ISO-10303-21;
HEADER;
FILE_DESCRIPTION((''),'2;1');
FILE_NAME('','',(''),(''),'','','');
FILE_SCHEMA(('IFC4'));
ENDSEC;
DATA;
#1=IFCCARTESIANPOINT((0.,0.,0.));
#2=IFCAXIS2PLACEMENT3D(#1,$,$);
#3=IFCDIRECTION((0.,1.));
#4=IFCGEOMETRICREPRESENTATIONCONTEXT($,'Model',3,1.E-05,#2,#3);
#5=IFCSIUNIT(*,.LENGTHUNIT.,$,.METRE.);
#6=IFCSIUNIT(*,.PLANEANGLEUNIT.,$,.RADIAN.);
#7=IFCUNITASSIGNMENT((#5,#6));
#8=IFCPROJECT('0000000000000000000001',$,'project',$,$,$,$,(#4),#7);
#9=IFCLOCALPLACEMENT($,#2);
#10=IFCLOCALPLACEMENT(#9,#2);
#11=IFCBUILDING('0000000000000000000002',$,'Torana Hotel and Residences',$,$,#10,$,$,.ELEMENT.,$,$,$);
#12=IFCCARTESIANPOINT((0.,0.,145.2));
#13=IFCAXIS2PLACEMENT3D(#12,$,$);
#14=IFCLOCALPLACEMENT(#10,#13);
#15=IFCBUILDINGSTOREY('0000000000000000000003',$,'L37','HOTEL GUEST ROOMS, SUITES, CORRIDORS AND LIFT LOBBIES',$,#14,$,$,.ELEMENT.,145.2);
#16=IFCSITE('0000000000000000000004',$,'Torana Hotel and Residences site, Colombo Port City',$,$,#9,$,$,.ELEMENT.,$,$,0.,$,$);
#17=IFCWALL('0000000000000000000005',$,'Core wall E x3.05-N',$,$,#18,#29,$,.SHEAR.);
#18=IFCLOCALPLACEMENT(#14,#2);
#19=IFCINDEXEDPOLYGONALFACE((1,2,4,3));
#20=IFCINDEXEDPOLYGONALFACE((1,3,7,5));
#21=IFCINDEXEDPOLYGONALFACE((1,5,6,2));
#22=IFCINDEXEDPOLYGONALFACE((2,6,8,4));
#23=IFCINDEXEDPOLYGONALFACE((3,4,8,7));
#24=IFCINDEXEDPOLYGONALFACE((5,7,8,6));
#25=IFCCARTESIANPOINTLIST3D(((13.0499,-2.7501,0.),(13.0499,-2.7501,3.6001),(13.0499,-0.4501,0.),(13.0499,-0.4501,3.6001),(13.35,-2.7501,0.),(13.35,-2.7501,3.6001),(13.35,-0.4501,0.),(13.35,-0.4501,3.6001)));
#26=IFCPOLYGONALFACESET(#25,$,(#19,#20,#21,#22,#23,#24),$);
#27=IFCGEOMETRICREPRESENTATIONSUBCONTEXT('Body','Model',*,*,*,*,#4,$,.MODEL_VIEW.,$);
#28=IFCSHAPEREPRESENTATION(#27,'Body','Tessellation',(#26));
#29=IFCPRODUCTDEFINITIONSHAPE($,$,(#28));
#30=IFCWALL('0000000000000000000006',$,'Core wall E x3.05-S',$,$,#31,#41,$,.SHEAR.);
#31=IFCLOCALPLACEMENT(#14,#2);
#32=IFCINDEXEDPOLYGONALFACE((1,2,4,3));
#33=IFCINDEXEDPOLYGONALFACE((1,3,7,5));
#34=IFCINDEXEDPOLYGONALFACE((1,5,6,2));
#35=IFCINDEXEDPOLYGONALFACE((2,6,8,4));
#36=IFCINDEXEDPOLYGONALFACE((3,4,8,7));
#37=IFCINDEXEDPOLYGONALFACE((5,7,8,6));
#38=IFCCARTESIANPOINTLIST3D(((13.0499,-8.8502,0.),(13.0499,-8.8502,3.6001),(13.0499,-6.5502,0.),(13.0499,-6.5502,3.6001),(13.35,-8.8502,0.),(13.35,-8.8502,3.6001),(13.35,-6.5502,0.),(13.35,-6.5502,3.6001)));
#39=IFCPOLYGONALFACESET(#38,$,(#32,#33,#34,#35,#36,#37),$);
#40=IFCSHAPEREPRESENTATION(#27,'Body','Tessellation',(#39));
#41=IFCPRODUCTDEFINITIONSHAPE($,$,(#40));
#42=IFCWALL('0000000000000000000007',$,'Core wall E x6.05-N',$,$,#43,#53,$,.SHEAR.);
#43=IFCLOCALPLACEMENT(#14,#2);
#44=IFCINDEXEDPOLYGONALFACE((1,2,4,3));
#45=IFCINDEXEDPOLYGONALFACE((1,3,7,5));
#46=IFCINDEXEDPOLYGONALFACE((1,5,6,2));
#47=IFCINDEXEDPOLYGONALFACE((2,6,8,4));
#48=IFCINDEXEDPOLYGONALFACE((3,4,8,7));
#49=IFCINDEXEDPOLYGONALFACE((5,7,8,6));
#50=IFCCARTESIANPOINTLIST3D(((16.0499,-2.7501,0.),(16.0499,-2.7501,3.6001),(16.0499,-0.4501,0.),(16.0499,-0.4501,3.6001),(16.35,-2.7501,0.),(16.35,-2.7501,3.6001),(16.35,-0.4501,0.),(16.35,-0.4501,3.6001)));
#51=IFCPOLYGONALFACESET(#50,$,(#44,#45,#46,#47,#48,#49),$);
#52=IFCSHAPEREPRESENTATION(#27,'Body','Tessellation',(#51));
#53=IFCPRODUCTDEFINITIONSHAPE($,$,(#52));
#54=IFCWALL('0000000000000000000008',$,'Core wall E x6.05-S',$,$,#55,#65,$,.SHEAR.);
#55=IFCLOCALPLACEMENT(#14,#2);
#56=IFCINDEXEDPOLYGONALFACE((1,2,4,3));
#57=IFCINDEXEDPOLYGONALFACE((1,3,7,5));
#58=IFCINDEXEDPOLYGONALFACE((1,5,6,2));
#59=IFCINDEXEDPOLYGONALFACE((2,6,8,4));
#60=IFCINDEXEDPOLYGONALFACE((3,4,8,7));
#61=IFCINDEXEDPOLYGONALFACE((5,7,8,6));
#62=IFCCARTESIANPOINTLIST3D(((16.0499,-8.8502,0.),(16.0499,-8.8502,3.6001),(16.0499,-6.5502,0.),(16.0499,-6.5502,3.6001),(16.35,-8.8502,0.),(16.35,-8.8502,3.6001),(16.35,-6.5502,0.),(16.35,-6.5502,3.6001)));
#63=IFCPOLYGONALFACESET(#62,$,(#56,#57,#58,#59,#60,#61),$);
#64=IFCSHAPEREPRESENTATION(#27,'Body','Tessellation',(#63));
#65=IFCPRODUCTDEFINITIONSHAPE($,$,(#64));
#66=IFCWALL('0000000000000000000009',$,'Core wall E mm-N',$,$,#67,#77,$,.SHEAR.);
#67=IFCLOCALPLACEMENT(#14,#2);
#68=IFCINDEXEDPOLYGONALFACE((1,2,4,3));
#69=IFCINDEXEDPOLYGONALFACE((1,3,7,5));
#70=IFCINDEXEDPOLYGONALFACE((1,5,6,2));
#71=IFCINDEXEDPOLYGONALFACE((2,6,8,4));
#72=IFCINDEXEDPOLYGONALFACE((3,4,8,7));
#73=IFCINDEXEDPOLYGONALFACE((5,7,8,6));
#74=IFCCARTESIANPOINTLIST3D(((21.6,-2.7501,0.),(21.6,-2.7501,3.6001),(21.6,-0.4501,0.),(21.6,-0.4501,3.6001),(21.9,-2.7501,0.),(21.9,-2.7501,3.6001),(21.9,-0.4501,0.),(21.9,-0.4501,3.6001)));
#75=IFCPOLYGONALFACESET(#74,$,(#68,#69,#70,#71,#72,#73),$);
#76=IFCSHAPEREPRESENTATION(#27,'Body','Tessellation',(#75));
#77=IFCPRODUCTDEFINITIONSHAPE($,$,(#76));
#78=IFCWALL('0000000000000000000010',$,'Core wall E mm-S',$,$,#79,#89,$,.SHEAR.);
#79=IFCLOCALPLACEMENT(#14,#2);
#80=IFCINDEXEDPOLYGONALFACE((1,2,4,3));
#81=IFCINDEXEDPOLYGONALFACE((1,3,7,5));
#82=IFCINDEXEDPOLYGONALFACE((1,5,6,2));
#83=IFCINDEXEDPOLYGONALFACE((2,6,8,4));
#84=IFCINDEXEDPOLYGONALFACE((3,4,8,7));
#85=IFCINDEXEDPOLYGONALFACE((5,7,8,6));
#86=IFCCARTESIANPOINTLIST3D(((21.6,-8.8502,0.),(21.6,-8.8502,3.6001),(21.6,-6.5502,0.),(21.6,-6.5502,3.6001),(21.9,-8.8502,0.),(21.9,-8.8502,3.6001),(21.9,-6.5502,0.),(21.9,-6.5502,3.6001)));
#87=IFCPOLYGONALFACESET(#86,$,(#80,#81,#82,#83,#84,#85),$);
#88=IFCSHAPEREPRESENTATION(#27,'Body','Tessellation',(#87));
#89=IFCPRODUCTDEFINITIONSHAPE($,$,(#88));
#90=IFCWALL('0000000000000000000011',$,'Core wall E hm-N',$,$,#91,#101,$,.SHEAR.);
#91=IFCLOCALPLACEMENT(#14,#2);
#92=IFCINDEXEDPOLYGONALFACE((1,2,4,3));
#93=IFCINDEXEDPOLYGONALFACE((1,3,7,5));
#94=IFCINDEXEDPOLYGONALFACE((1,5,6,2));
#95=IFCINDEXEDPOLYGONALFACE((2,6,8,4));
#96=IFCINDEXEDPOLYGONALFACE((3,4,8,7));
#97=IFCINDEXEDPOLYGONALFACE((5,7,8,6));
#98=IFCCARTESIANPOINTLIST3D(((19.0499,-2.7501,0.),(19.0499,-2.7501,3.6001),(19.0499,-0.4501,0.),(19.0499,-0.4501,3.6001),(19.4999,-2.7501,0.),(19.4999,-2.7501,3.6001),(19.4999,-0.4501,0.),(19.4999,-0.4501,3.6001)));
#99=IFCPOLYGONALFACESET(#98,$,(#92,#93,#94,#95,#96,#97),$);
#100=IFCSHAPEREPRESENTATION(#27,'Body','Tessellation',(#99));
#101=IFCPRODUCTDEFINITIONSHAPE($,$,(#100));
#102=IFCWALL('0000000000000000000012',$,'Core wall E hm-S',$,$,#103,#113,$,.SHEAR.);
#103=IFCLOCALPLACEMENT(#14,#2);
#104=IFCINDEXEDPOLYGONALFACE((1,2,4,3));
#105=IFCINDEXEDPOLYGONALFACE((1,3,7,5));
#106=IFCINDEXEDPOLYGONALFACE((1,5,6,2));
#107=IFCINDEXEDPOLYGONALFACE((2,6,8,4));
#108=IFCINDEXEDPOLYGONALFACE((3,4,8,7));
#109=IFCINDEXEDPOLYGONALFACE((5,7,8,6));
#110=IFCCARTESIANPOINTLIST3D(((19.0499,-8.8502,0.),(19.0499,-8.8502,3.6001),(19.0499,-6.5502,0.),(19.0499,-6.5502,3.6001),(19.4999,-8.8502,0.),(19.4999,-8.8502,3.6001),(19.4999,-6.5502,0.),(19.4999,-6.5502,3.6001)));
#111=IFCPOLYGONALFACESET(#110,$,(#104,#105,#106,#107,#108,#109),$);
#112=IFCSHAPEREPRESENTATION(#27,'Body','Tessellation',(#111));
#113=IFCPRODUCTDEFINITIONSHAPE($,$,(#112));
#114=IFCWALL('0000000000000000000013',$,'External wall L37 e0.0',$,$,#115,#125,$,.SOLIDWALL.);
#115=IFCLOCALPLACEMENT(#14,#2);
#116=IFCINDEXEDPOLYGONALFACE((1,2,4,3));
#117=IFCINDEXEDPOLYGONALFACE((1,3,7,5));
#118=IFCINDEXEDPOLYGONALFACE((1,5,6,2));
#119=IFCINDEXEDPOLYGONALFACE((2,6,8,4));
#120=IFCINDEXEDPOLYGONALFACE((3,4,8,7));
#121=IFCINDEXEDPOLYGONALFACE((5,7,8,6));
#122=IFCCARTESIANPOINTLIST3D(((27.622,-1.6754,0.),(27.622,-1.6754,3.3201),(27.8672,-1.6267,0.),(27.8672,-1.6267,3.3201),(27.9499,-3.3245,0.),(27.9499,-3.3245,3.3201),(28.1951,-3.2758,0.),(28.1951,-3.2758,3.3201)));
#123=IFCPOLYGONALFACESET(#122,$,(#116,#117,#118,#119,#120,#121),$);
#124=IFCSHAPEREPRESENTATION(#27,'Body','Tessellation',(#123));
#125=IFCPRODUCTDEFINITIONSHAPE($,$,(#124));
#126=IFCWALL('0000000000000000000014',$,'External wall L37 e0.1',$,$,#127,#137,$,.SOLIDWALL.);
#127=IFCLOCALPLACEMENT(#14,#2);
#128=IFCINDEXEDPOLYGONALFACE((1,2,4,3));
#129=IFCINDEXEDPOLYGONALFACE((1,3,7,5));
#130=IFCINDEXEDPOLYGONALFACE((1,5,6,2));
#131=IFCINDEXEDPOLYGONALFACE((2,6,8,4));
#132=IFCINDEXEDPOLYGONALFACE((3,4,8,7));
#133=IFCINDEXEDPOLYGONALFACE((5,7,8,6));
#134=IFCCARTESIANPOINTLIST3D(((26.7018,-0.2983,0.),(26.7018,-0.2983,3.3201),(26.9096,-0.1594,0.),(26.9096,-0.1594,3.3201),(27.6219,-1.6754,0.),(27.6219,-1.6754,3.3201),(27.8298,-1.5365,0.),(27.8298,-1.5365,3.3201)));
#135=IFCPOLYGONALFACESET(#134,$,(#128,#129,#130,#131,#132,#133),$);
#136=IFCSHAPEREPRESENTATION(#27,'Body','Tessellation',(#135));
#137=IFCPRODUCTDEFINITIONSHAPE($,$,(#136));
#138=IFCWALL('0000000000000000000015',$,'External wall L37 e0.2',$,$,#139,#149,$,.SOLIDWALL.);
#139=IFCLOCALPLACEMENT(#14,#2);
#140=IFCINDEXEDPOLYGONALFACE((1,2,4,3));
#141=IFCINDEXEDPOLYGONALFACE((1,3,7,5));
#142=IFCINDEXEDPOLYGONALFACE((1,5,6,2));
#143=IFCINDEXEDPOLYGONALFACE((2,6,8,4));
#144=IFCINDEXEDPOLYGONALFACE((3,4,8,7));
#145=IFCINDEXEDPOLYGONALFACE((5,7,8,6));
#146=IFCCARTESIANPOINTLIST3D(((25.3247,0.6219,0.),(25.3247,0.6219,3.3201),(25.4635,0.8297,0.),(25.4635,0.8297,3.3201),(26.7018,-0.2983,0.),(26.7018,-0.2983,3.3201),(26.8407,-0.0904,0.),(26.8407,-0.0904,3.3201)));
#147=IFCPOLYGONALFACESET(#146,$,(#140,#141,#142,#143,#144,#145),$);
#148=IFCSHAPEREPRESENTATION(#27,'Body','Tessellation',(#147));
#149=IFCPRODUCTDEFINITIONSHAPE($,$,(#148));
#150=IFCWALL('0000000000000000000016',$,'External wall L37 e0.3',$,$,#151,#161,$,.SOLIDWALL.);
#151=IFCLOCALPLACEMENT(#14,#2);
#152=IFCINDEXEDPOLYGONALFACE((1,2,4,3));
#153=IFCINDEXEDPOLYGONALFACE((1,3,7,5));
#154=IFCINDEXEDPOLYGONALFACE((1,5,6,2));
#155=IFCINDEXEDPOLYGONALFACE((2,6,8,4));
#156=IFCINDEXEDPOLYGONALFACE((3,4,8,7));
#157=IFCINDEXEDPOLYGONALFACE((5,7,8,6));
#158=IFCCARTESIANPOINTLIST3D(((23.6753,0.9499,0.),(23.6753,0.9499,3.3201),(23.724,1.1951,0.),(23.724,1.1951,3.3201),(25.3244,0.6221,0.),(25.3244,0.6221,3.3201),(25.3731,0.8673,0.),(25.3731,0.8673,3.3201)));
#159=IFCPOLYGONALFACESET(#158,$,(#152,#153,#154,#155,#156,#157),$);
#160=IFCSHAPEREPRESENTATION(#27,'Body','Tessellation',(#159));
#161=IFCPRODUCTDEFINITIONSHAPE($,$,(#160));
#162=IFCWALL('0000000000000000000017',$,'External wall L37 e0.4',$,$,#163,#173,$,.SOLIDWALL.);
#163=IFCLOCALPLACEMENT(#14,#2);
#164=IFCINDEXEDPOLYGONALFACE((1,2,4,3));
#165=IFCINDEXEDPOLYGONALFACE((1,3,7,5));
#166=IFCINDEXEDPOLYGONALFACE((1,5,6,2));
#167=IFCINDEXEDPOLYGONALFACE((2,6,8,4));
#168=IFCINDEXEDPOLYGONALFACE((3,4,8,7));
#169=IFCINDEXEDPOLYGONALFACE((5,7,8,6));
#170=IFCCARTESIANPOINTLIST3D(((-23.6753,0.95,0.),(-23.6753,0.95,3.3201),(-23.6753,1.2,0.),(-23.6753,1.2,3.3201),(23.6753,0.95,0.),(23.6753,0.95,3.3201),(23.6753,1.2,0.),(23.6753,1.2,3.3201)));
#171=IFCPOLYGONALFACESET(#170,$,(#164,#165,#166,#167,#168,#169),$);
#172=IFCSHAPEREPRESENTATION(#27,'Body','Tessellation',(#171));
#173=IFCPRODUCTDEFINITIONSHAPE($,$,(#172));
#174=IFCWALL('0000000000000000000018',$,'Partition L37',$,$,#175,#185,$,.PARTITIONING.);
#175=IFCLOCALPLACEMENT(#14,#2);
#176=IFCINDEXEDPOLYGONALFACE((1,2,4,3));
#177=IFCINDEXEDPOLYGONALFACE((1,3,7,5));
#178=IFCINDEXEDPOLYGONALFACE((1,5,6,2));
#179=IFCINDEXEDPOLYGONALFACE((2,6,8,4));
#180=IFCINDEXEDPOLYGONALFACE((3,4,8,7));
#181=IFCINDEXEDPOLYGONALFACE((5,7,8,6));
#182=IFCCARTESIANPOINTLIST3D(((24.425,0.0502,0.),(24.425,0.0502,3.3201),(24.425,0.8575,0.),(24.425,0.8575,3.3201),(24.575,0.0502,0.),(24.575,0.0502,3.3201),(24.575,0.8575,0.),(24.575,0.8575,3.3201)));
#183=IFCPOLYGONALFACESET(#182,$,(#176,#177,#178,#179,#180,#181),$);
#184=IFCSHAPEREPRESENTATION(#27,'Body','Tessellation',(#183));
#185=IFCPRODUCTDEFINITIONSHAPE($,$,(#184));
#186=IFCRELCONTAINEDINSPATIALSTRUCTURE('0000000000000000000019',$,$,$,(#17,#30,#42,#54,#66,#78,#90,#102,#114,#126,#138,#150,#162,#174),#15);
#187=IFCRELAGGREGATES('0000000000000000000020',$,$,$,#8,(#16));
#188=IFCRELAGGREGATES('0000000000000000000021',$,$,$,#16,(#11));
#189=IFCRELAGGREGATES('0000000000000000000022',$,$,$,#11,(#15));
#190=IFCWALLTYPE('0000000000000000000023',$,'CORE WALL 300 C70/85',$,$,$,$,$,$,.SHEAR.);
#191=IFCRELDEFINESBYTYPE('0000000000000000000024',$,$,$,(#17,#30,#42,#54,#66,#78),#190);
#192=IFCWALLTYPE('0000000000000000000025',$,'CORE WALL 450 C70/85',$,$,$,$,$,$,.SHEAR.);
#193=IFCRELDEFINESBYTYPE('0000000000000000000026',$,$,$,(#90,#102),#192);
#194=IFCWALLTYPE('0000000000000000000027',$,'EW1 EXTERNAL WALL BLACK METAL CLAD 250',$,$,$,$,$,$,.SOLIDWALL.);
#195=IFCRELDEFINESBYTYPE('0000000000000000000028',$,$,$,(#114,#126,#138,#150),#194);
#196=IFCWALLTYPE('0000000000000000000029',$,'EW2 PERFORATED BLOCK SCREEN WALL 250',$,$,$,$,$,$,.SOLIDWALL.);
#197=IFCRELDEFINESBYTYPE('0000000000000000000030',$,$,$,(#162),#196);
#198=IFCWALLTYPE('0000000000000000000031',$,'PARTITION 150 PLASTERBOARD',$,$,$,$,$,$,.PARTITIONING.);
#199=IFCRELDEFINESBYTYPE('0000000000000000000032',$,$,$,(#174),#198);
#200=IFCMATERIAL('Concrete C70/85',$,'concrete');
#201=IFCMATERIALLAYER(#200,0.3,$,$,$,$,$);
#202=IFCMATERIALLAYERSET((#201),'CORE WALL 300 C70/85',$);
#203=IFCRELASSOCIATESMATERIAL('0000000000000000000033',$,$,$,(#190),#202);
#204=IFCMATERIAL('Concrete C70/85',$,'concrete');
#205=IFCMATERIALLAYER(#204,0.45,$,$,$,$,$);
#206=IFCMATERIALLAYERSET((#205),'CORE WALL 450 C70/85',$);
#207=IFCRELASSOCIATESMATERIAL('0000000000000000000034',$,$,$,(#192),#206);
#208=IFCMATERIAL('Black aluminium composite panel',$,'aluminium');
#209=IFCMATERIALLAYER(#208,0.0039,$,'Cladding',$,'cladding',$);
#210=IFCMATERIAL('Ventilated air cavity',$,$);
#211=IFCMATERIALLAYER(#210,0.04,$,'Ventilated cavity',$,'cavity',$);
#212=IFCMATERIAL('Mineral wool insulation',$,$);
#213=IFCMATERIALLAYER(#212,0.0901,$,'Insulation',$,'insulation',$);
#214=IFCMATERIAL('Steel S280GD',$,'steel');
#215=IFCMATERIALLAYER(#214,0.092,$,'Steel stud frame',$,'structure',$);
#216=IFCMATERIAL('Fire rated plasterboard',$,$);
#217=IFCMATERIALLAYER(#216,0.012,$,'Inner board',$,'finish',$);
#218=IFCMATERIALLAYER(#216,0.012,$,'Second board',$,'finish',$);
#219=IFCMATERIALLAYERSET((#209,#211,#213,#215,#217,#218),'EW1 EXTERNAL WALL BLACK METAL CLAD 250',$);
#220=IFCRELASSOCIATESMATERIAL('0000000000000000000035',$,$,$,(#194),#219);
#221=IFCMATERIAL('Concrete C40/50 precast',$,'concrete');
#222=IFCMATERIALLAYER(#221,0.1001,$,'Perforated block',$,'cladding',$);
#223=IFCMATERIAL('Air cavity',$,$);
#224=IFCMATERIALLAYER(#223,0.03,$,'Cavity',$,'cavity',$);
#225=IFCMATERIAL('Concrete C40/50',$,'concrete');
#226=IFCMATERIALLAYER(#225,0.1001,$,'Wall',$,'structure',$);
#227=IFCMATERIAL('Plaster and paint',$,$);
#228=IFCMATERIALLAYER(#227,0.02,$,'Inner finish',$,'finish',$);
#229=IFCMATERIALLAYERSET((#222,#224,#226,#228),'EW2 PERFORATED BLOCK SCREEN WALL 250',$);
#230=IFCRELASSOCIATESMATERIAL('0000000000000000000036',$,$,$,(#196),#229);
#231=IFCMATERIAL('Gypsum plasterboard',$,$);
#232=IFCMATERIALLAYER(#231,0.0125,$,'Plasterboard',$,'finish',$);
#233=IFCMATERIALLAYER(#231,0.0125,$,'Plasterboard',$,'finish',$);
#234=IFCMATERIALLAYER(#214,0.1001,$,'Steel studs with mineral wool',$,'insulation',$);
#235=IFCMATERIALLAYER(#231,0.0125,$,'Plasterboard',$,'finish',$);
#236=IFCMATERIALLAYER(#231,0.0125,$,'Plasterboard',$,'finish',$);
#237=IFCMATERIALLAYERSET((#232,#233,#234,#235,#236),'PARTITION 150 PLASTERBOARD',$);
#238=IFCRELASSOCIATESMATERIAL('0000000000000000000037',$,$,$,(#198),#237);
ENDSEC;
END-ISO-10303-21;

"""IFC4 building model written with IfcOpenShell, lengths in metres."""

from ifc_helpers import new_model, si_unit, direction, frame, frame_2d, origin, place, context, subcontext, project, spatial, rectangle, extrude, material, layer, layer_set, type_object, element, save


model = new_model("IFC4")

# Units and contexts
model_context = context("Model", 3, precision=1e-05, world=origin(), true_north=direction((0.0, 1.0)))
body_context = subcontext(model_context, "Body", "Model", "MODEL_VIEW")
ifc_project = project(units=[si_unit("LENGTHUNIT", "METRE"), si_unit("PLANEANGLEUNIT", "RADIAN")], contexts=[model_context])

# Site, building, storey
site_placement = place(None, origin())
site = spatial("IfcSite", under=ifc_project, at=site_placement, Name="Torana Hotel and Residences site, Colombo Port City", CompositionType="ELEMENT", RefElevation=0.0)
building_placement = place(site_placement, origin())
building = spatial("IfcBuilding", under=site, at=building_placement, Name="Torana Hotel and Residences", CompositionType="ELEMENT")
storey_placement = place(building_placement, frame((0.0, 0.0, 145.2)))
storey = spatial("IfcBuildingStorey", under=building, at=storey_placement, Name="L37", Description="HOTEL GUEST ROOMS, SUITES, CORRIDORS AND LIFT LOBBIES", CompositionType="ELEMENT", Elevation=145.2)

# Walls
ifc_material_1 = material(Name="Concrete C70/85", Category="concrete")
ifc_layer_1 = layer(ifc_material_1, 0.3)
ifc_layer_set_1 = layer_set([ifc_layer_1], Name="CORE WALL 300 C70/85")
wall_type_1 = type_object("IfcWallType", Name="CORE WALL 300 C70/85", PredefinedType="SHEAR", material=ifc_layer_set_1)
for number, where, z_axis, x_axis, name in (
    (1, (13.2, -2.75, 0.0), (0.0, 0.0, 1.0), (0.0, 1.0, 0.0), "Core wall E x3.05-N"),
    (2, (13.2, -8.8501, 0.0), (0.0, 0.0, 1.0), (0.0, 1.0, 0.0), "Core wall E x3.05-S"),
    (3, (16.2, -2.75, 0.0), (0.0, 0.0, 1.0), (0.0, 1.0, 0.0), "Core wall E x6.05-N"),
    (4, (16.2, -8.8501, 0.0), (0.0, 0.0, 1.0), (0.0, 1.0, 0.0), "Core wall E x6.05-S"),
    (5, (21.75, -2.75, 0.0), (0.0, 0.0, 1.0), (0.0, 1.0, 0.0), "Core wall E mm-N"),
    (6, (21.75, -8.8501, 0.0), (0.0, 0.0, 1.0), (0.0, 1.0, 0.0), "Core wall E mm-S"),
):
    element("IfcWall", number, at=place(storey_placement, frame(where, z_axis=z_axis, x_axis=x_axis)), inside=storey, type_object=wall_type_1, Name=name, PredefinedType="SHEAR", context=body_context, shape_type="SweptSolid", body=[
        extrude(rectangle(XDim=2.3, YDim=0.3, at=frame_2d((1.1499, 0.0))), origin(), (0.0, 0.0, 1.0), 3.6001),
    ])
ifc_material_2 = material(Name="Concrete C70/85", Category="concrete")
ifc_layer_2 = layer(ifc_material_2, 0.45)
ifc_layer_set_2 = layer_set([ifc_layer_2], Name="CORE WALL 450 C70/85")
wall_type_2 = type_object("IfcWallType", Name="CORE WALL 450 C70/85", PredefinedType="SHEAR", material=ifc_layer_set_2)
for number, where, z_axis, x_axis, name in (
    (7, (19.2749, -2.75, 0.0), (0.0, 0.0, 1.0), (0.0, 1.0, 0.0), "Core wall E hm-N"),
    (8, (19.2749, -8.8501, 0.0), (0.0, 0.0, 1.0), (0.0, 1.0, 0.0), "Core wall E hm-S"),
):
    element("IfcWall", number, at=place(storey_placement, frame(where, z_axis=z_axis, x_axis=x_axis)), inside=storey, type_object=wall_type_2, Name=name, PredefinedType="SHEAR", context=body_context, shape_type="SweptSolid", body=[
        extrude(rectangle(XDim=2.3, YDim=0.45, at=frame_2d((1.1499, 0.0))), origin(), (0.0, 0.0, 1.0), 3.6001),
    ])
ifc_material_3 = material(Name="Black aluminium composite panel", Category="aluminium")
ifc_layer_3 = layer(ifc_material_3, 0.0039, Name="Cladding", Category="cladding")
ifc_material_4 = material(Name="Ventilated air cavity")
ifc_layer_4 = layer(ifc_material_4, 0.04, Name="Ventilated cavity", Category="cavity")
ifc_material_5 = material(Name="Mineral wool insulation")
ifc_layer_5 = layer(ifc_material_5, 0.0901, Name="Insulation", Category="insulation")
ifc_material_6 = material(Name="Steel S280GD", Category="steel")
ifc_layer_6 = layer(ifc_material_6, 0.092, Name="Steel stud frame", Category="structure")
ifc_material_7 = material(Name="Fire rated plasterboard")
ifc_layer_7 = layer(ifc_material_7, 0.012, Name="Inner board", Category="finish")
ifc_layer_8 = layer(ifc_material_7, 0.012, Name="Second board", Category="finish")
ifc_layer_set_3 = layer_set([ifc_layer_3, ifc_layer_4, ifc_layer_5, ifc_layer_6, ifc_layer_7, ifc_layer_8], Name="EW1 EXTERNAL WALL BLACK METAL CLAD 250")
wall_type_3 = type_object("IfcWallType", Name="EW1 EXTERNAL WALL BLACK METAL CLAD 250", PredefinedType="SOLIDWALL", material=ifc_layer_set_3)
wall_1_placement = place(storey_placement, frame((28.0725, -3.3003, 0.0), z_axis=(0.0, 0.0, 1.0), x_axis=(-0.194999, 0.980803, 0.0)))
element("IfcWall", 9, at=wall_1_placement, inside=storey, type_object=wall_type_3, Name="External wall L37 e0.0", PredefinedType="SOLIDWALL", context=body_context, shape_type="SweptSolid", body=[
    extrude(rectangle(XDim=1.6814, YDim=0.25, at=frame_2d((0.8408, 0.0))), origin(), (0.0, 0.0, 1.0), 3.3201),
])
for number, where, z_axis, x_axis, name in (
    (10, (27.7258, -1.606, 0.0), (0.0, 0.0, 1.0), (-0.55555, 0.831483, 0.0), "External wall L37 e0.1"),
    (11, (26.7712, -0.1943, 0.0), (0.0, 0.0, 1.0), (-0.831483, 0.55555, 0.0), "External wall L37 e0.2"),
):
    element("IfcWall", number, at=place(storey_placement, frame(where, z_axis=z_axis, x_axis=x_axis)), inside=storey, type_object=wall_type_3, Name=name, PredefinedType="SOLIDWALL", context=body_context, shape_type="SweptSolid", body=[
        extrude(rectangle(XDim=1.6562, YDim=0.25, at=frame_2d((0.8281, 0.0))), origin(), (0.0, 0.0, 1.0), 3.3201),
    ])
wall_2_placement = place(storey_placement, frame((25.3489, 0.7446, 0.0), z_axis=(0.0, 0.0, 1.0), x_axis=(-0.980803, 0.194999, 0.0)))
element("IfcWall", 12, at=wall_2_placement, inside=storey, type_object=wall_type_3, Name="External wall L37 e0.3", PredefinedType="SOLIDWALL", context=body_context, shape_type="SweptSolid", body=[
    extrude(rectangle(XDim=1.6814, YDim=0.25, at=frame_2d((0.8408, 0.0))), origin(), (0.0, 0.0, 1.0), 3.3201),
])
ifc_material_8 = material(Name="Concrete C40/50 precast", Category="concrete")
ifc_layer_9 = layer(ifc_material_8, 0.1001, Name="Perforated block", Category="cladding")
ifc_material_9 = material(Name="Air cavity")
ifc_layer_10 = layer(ifc_material_9, 0.03, Name="Cavity", Category="cavity")
ifc_material_10 = material(Name="Concrete C40/50", Category="concrete")
ifc_layer_11 = layer(ifc_material_10, 0.1001, Name="Wall", Category="structure")
ifc_material_11 = material(Name="Plaster and paint")
ifc_layer_12 = layer(ifc_material_11, 0.02, Name="Inner finish", Category="finish")
ifc_layer_set_4 = layer_set([ifc_layer_9, ifc_layer_10, ifc_layer_11, ifc_layer_12], Name="EW2 PERFORATED BLOCK SCREEN WALL 250")
wall_type_4 = type_object("IfcWallType", Name="EW2 PERFORATED BLOCK SCREEN WALL 250", PredefinedType="SOLIDWALL", material=ifc_layer_set_4)
wall_3_placement = place(storey_placement, frame((23.6753, 1.075, 0.0), z_axis=(0.0, 0.0, 1.0), x_axis=(-1.0, 0.0, 0.0)))
element("IfcWall", 13, at=wall_3_placement, inside=storey, type_object=wall_type_4, Name="External wall L37 e0.4", PredefinedType="SOLIDWALL", context=body_context, shape_type="SweptSolid", body=[
    extrude(rectangle(XDim=47.3506, YDim=0.25, at=frame_2d((23.6753, 0.0))), origin(), (0.0, 0.0, 1.0), 3.3201),
])
ifc_material_12 = material(Name="Gypsum plasterboard")
ifc_layer_13 = layer(ifc_material_12, 0.0125, Name="Plasterboard", Category="finish")
ifc_layer_14 = layer(ifc_material_12, 0.0125, Name="Plasterboard", Category="finish")
ifc_layer_15 = layer(ifc_material_6, 0.1001, Name="Steel studs with mineral wool", Category="insulation")
ifc_layer_16 = layer(ifc_material_12, 0.0125, Name="Plasterboard", Category="finish")
ifc_layer_17 = layer(ifc_material_12, 0.0125, Name="Plasterboard", Category="finish")
ifc_layer_set_5 = layer_set([ifc_layer_13, ifc_layer_14, ifc_layer_15, ifc_layer_16, ifc_layer_17], Name="PARTITION 150 PLASTERBOARD")
wall_type_5 = type_object("IfcWallType", Name="PARTITION 150 PLASTERBOARD", PredefinedType="PARTITIONING", material=ifc_layer_set_5)
wall_4_placement = place(storey_placement, frame((24.5, 0.05, 0.0), z_axis=(0.0, 0.0, 1.0), x_axis=(0.0, 1.0, 0.0)))
element("IfcWall", 14, at=wall_4_placement, inside=storey, type_object=wall_type_5, Name="Partition L37", PredefinedType="PARTITIONING", context=body_context, shape_type="SweptSolid", body=[
    extrude(rectangle(XDim=0.8074, YDim=0.1499, at=frame_2d((0.4038, 0.0))), origin(), (0.0, 0.0, 1.0), 3.3201),
])

save(model, "model.ifc")
